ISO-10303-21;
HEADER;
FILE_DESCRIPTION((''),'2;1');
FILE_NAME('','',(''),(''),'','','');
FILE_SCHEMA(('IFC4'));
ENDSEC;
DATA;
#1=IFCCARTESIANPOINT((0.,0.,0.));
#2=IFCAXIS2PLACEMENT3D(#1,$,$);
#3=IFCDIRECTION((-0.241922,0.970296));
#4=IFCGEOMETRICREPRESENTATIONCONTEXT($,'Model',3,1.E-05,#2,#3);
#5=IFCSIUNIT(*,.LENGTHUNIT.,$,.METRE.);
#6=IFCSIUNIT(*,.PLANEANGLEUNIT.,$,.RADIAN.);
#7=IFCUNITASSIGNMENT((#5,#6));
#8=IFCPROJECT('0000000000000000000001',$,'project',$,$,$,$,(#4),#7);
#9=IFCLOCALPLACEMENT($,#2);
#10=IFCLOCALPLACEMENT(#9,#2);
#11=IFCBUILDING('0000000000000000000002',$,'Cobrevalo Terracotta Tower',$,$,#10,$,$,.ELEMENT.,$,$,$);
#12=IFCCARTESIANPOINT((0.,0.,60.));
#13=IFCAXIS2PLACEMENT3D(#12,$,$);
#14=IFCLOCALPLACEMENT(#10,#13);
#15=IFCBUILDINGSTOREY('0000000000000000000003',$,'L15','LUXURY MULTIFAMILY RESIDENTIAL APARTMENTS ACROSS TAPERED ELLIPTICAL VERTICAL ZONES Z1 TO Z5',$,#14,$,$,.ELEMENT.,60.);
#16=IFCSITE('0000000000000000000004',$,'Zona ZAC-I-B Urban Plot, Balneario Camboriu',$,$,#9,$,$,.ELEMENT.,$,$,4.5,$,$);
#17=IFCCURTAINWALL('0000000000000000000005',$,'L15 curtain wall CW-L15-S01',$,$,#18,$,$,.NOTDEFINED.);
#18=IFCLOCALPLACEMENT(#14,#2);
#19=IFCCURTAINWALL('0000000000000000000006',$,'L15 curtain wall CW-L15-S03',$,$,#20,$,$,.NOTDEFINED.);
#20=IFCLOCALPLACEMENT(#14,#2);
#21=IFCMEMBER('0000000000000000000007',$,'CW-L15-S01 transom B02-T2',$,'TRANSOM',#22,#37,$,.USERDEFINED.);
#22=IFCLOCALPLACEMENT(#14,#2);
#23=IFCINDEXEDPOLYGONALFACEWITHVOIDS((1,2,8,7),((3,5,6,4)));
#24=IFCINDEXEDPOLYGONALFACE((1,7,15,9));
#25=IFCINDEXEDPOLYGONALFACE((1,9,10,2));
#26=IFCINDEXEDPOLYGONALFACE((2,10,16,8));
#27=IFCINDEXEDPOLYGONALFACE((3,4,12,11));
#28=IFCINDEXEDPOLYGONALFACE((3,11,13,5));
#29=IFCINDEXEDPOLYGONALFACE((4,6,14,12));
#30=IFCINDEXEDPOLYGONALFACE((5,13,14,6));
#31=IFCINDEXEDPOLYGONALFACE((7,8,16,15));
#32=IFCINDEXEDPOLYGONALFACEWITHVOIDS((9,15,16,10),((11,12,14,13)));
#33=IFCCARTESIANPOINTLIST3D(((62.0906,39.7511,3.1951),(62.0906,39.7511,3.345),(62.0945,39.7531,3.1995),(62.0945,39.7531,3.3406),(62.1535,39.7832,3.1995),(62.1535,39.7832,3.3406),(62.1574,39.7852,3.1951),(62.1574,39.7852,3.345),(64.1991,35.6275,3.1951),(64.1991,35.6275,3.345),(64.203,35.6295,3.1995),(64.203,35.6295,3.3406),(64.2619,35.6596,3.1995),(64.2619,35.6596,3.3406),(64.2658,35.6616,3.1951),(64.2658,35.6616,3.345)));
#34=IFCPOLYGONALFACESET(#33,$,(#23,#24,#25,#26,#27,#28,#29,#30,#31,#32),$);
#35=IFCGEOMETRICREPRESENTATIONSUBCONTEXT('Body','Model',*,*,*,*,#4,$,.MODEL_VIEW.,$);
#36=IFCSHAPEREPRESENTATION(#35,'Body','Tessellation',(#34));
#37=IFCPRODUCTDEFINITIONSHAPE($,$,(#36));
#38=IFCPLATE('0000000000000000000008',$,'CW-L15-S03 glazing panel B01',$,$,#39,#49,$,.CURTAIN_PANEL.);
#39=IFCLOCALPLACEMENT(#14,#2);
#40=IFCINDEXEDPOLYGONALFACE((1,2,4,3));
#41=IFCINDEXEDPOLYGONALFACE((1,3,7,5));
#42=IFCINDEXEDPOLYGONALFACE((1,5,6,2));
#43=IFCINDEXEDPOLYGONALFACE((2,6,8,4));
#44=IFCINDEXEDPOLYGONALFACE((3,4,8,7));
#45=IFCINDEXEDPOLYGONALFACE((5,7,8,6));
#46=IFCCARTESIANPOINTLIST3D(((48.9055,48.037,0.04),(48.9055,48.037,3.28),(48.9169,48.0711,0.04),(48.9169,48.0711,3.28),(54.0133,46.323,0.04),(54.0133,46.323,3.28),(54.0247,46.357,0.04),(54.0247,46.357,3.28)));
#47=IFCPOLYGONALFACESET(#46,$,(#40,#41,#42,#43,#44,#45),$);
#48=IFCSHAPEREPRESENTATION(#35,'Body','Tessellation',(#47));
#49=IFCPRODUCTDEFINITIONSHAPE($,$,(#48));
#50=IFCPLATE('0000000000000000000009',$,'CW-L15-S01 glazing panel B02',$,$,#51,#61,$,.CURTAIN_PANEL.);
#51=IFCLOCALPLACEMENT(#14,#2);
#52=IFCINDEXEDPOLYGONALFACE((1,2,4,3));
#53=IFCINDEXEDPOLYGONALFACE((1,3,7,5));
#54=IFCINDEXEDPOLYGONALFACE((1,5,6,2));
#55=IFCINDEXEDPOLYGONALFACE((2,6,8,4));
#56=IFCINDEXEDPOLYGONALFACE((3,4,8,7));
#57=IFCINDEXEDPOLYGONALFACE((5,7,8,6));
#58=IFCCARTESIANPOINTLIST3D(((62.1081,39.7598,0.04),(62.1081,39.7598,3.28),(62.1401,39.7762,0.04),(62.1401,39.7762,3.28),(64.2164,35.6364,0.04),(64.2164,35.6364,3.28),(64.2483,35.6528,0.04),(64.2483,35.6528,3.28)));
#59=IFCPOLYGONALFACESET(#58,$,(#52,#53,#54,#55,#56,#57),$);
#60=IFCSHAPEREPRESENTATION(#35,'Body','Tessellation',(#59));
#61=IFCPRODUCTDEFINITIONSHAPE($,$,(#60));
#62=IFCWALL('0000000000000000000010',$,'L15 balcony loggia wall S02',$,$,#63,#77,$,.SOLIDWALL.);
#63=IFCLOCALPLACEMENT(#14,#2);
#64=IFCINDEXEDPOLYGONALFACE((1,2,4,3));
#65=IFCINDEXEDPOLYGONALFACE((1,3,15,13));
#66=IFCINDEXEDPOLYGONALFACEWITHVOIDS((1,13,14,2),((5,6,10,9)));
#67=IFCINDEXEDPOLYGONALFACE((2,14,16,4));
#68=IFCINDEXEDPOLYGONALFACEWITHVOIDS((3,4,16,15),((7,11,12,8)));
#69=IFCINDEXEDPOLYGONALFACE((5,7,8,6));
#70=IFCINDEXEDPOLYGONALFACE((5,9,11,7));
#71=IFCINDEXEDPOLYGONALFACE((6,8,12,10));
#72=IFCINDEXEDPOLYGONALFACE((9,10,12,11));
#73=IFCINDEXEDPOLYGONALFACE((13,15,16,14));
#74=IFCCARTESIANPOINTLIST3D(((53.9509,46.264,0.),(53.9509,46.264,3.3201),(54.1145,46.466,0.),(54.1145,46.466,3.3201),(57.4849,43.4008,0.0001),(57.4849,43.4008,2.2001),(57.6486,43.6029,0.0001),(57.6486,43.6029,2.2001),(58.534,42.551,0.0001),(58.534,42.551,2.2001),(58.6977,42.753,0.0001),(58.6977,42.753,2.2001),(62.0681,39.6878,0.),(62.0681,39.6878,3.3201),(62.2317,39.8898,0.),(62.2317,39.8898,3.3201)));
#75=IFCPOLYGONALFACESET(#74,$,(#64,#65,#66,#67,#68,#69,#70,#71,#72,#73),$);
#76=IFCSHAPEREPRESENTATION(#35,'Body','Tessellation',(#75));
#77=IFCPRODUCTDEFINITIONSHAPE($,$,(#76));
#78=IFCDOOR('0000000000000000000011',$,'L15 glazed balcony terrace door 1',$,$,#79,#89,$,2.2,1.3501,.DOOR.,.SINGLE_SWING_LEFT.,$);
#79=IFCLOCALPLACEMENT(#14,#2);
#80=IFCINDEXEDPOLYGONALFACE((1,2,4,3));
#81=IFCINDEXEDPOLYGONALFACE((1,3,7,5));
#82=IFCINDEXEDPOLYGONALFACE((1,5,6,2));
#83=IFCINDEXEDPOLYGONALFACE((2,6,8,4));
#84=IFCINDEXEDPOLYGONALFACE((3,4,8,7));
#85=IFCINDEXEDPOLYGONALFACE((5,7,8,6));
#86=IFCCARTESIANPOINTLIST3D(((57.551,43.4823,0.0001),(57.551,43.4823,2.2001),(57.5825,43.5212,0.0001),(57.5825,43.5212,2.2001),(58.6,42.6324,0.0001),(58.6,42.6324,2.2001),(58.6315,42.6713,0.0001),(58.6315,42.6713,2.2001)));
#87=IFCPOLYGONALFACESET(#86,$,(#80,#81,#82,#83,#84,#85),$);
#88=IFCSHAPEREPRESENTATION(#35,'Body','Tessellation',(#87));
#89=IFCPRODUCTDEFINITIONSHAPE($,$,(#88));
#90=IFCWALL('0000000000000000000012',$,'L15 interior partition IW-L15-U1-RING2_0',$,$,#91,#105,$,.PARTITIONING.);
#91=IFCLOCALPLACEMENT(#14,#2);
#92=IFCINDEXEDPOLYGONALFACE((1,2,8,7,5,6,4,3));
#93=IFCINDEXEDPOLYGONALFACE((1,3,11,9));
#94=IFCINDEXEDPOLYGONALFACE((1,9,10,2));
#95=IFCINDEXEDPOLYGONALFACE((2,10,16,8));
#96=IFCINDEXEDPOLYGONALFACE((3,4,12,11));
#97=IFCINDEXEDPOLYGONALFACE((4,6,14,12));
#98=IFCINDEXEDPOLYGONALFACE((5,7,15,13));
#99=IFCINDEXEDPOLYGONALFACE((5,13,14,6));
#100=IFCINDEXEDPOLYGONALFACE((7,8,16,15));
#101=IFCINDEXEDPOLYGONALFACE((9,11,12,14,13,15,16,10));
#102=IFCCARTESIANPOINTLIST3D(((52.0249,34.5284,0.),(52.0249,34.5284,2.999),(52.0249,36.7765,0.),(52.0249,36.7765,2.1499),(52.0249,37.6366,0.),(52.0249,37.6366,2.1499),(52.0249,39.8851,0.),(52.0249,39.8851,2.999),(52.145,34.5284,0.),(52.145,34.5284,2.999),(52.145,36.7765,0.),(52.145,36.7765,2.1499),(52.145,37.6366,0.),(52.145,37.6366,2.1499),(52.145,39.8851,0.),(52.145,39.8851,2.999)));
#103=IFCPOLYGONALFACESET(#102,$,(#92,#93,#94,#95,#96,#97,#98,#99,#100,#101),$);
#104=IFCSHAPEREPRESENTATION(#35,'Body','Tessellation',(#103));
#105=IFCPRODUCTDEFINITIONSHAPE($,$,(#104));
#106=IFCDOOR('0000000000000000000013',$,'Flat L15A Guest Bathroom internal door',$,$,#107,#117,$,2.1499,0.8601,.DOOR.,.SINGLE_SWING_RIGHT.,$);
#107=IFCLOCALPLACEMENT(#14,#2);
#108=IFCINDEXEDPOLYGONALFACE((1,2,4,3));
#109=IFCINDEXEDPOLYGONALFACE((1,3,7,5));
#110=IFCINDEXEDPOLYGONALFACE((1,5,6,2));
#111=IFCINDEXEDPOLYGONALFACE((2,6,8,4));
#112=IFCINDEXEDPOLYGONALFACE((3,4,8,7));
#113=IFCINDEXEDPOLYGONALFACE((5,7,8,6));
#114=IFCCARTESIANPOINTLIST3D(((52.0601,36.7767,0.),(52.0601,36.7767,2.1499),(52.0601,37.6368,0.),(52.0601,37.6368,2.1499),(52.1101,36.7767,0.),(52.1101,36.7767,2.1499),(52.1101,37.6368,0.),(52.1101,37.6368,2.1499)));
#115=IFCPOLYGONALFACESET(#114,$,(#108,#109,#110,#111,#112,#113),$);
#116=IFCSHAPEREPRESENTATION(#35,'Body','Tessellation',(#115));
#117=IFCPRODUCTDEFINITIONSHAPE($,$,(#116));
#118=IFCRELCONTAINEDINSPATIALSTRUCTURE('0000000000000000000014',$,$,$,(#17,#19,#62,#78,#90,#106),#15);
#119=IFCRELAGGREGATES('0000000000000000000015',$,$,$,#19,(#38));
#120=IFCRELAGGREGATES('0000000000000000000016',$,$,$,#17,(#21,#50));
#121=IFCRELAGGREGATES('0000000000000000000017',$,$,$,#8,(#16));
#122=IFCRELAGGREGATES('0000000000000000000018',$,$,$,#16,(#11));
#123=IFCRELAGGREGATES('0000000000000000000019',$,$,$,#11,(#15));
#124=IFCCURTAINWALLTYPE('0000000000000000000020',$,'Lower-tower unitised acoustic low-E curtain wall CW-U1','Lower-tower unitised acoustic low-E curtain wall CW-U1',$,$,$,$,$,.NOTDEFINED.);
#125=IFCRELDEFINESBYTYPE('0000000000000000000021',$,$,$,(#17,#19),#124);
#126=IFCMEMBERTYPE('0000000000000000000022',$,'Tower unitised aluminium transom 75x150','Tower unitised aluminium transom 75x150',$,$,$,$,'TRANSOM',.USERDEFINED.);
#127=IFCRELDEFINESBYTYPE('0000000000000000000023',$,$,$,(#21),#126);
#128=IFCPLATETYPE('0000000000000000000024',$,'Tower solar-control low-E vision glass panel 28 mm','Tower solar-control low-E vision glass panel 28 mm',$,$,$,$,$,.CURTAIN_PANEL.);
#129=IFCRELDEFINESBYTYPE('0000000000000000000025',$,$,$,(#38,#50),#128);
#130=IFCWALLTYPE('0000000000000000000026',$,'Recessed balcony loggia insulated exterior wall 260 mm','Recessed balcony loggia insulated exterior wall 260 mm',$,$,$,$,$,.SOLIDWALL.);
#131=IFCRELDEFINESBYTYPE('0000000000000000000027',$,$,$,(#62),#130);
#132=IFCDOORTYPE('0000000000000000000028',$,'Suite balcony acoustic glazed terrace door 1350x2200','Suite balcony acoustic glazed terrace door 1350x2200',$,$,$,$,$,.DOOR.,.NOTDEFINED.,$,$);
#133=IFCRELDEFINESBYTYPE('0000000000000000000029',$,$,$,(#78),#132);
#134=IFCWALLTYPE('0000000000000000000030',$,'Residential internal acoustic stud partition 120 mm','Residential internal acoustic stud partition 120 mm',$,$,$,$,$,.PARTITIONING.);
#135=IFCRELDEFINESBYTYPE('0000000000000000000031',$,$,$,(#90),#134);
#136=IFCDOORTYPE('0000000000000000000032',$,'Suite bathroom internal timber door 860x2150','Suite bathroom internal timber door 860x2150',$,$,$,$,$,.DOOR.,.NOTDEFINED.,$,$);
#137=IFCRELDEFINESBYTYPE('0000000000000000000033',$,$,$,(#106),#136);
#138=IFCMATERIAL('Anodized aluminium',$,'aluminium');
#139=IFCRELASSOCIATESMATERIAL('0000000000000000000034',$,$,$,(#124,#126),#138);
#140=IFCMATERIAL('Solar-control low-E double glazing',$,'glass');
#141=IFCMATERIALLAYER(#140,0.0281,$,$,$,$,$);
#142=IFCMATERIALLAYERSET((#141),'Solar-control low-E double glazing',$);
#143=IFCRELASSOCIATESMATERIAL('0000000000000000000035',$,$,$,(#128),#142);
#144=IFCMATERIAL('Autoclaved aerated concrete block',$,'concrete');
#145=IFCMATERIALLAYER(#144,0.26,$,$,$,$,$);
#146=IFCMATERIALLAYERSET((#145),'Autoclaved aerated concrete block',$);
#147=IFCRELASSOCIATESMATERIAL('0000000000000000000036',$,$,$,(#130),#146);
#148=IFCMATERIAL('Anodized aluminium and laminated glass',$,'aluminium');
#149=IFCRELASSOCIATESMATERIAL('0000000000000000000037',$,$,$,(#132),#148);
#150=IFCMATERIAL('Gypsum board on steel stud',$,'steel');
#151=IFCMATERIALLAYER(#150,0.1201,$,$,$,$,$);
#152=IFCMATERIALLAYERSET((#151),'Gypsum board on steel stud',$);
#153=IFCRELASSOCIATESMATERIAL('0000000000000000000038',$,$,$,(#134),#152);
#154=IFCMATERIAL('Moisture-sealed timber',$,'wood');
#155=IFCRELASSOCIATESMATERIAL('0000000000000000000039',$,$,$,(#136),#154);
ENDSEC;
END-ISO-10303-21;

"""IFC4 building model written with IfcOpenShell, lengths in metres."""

from ifc_helpers import new_model, si_unit, direction, frame, frame_2d, origin, origin_2d, place, context, subcontext, project, spatial, rectangle, hollow_rectangle, extrude, source, transform, mapped, material, layer, layer_set, material_profile, profile_set, type_object, element, fill, aggregate, save


model = new_model("IFC4")

# Units and contexts
model_context = context("Model", 3, precision=1e-05, world=origin(), true_north=direction((-0.241922, 0.970296)))
body_context = subcontext(model_context, "Body", "Model", "MODEL_VIEW")
ifc_project = project(units=[si_unit("LENGTHUNIT", "METRE"), si_unit("PLANEANGLEUNIT", "RADIAN")], contexts=[model_context])

# Site, building, storey
site_placement = place(None, origin())
site = spatial("IfcSite", under=ifc_project, at=site_placement, Name="Zona ZAC-I-B Urban Plot, Balneario Camboriu", CompositionType="ELEMENT", RefElevation=4.5)
building_placement = place(site_placement, origin())
building = spatial("IfcBuilding", under=site, at=building_placement, Name="Cobrevalo Terracotta Tower", CompositionType="ELEMENT")
storey_placement = place(building_placement, frame((0.0, 0.0, 60.0)))
storey = spatial("IfcBuildingStorey", under=building, at=storey_placement, Name="L15", Description="LUXURY MULTIFAMILY RESIDENTIAL APARTMENTS ACROSS TAPERED ELLIPTICAL VERTICAL ZONES Z1 TO Z5", CompositionType="ELEMENT", Elevation=60.0)

# Curtain walls
ifc_material_1 = material(Name="Anodized aluminium", Category="aluminium")
curtain_wall_type = type_object("IfcCurtainWallType", Name="Lower-tower unitised acoustic low-E curtain wall CW-U1", Description="Lower-tower unitised acoustic low-E curtain wall CW-U1", PredefinedType="NOTDEFINED", material=ifc_material_1)
curtain_wall_1_placement = place(storey_placement, origin())
curtain_wall_1 = element("IfcCurtainWall", 1, at=curtain_wall_1_placement, inside=storey, type_object=curtain_wall_type, Name="L15 curtain wall CW-L15-S01", PredefinedType="NOTDEFINED")
curtain_wall_2_placement = place(storey_placement, origin())
curtain_wall_2 = element("IfcCurtainWall", 2, at=curtain_wall_2_placement, inside=storey, type_object=curtain_wall_type, Name="L15 curtain wall CW-L15-S03", PredefinedType="NOTDEFINED")
ifc_material_profile_1 = material_profile(ifc_material_1, hollow_rectangle(XDim=0.075, YDim=0.1499, WallThickness=0.0044, at=origin_2d()), Name="CWT 75x150")
ifc_profile_set_1 = profile_set([ifc_material_profile_1], Name="Anodized aluminium")
member_type_1 = type_object("IfcMemberType", Name="Tower unitised aluminium transom 75x150", Description="Tower unitised aluminium transom 75x150", ElementType="TRANSOM", PredefinedType="USERDEFINED", material=ifc_profile_set_1)

# Member
shared_shape_1 = source(origin(), body_context, "Body", "SweptSolid", [
    extrude(hollow_rectangle(XDim=0.075, YDim=0.1499, WallThickness=0.0044, at=origin_2d()), origin(), (0.0, 0.0, 1.0), 4.6313),
])
member_1_placement = place(storey_placement, frame((64.2324, 35.6445, 3.27), z_axis=(-0.45525, 0.890363, 0.0), x_axis=(-0.890363, -0.45525, 0.0)))
member_1 = element("IfcMember", 3, at=member_1_placement, type_object=member_type_1, Name="CW-L15-S01 transom B02-T2", ObjectType="TRANSOM", PredefinedType="USERDEFINED", context=body_context, shape_type="MappedRepresentation", body=[
    mapped(shared_shape_1, transform((0.0, 0.0, 0.0), scale=1.0)),
])

# Plates
ifc_material_2 = material(Name="Solar-control low-E double glazing", Category="glass")
ifc_layer_1 = layer(ifc_material_2, 0.0281)
ifc_layer_set_1 = layer_set([ifc_layer_1], Name="Solar-control low-E double glazing")
plate_type = type_object("IfcPlateType", Name="Tower solar-control low-E vision glass panel 28 mm", Description="Tower solar-control low-E vision glass panel 28 mm", PredefinedType="CURTAIN_PANEL", material=ifc_layer_set_1)
shared_shape_2 = source(origin(), body_context, "Body", "SweptSolid", [
    extrude(rectangle(XDim=5.3877, YDim=0.0359, at=origin_2d()), origin(), (0.0, 0.0, 1.0), 3.24),
])
plate_1_placement = place(storey_placement, frame((51.4651, 47.197, 0.04), z_axis=(0.0, 0.0, 1.0), x_axis=(-0.948044, 0.318139, 0.0)))
plate_1 = element("IfcPlate", 4, at=plate_1_placement, type_object=plate_type, Name="CW-L15-S03 glazing panel B01", PredefinedType="CURTAIN_PANEL", context=body_context, shape_type="MappedRepresentation", body=[
    mapped(shared_shape_2, transform((0.0, 0.0, 0.0), scale=1.0)),
])
aggregate(curtain_wall_2, [plate_1])
shared_shape_3 = source(origin(), body_context, "Body", "SweptSolid", [
    extrude(rectangle(XDim=4.6311, YDim=0.0359, at=origin_2d()), origin(), (0.0, 0.0, 1.0), 3.24),
])
plate_2_placement = place(storey_placement, frame((63.1782, 37.7063, 0.04), z_axis=(0.0, 0.0, 1.0), x_axis=(-0.455231, 0.890373, 0.0)))
plate_2 = element("IfcPlate", 5, at=plate_2_placement, type_object=plate_type, Name="CW-L15-S01 glazing panel B02", PredefinedType="CURTAIN_PANEL", context=body_context, shape_type="MappedRepresentation", body=[
    mapped(shared_shape_3, transform((0.0, 0.0, 0.0), scale=1.0)),
])
aggregate(curtain_wall_1, [member_1, plate_2])

# Walls, openings, doors
ifc_material_3 = material(Name="Autoclaved aerated concrete block", Category="concrete")
ifc_layer_2 = layer(ifc_material_3, 0.26)
ifc_layer_set_2 = layer_set([ifc_layer_2], Name="Autoclaved aerated concrete block")
wall_type_1 = type_object("IfcWallType", Name="Recessed balcony loggia insulated exterior wall 260 mm", Description="Recessed balcony loggia insulated exterior wall 260 mm", PredefinedType="SOLIDWALL", material=ifc_layer_set_2)
wall_1_placement = place(storey_placement, frame((62.1499, 39.7888, 0.0), z_axis=(0.0, 0.0, 1.0), x_axis=(-0.777005, 0.629494, 0.0)))
wall_1 = element("IfcWall", 6, at=wall_1_placement, inside=storey, type_object=wall_type_1, Name="L15 balcony loggia wall S02", PredefinedType="SOLIDWALL", context=body_context, shape_type="SweptSolid", body=[
    extrude(rectangle(XDim=10.4468, YDim=0.26, at=frame_2d((5.2234, 0.0))), origin(), (0.0, 0.0, 1.0), 3.3201),
])
opening_1_placement = place(wall_1_placement, frame((4.5483, 0.0, 0.0)))
opening_1 = element("IfcOpeningElement", 7, at=opening_1_placement, cuts=wall_1, PredefinedType="OPENING", context=body_context, shape_type="SweptSolid", body=[
    extrude(rectangle(XDim=1.3501, YDim=2.2, at=frame_2d((0.675, 1.1001))), frame((0.0, 0.1401, 0.0), z_axis=(0.0, -1.0, 0.0), x_axis=(1.0, 0.0, 0.0)), (0.0, 0.0, 1.0), 0.28),
])
ifc_material_4 = material(Name="Anodized aluminium and laminated glass", Category="aluminium")
door_type_1 = type_object("IfcDoorType", Name="Suite balcony acoustic glazed terrace door 1350x2200", Description="Suite balcony acoustic glazed terrace door 1350x2200", OperationType="NOTDEFINED", PredefinedType="DOOR", material=ifc_material_4)
shared_shape_4 = source(origin(), body_context, "Body", "SweptSolid", [
    extrude(rectangle(XDim=1.3501, YDim=2.2, at=frame_2d((0.675, 1.1001))), frame((0.0, 0.0249, 0.0), z_axis=(0.0, -1.0, 0.0), x_axis=(1.0, 0.0, 0.0)), (0.0, 0.0, 1.0), 0.05),
])
door_1_placement = place(opening_1_placement, frame((1.3501, 0.0, 0.0), z_axis=(0.0, 0.0, 1.0), x_axis=(-1.0, 0.0, 0.0)))
door_1 = element("IfcDoor", 8, at=door_1_placement, inside=storey, type_object=door_type_1, Name="L15 glazed balcony terrace door 1", OperationType="SINGLE_SWING_LEFT", OverallHeight=2.2, OverallWidth=1.3501, PredefinedType="DOOR", context=body_context, shape_type="MappedRepresentation", body=[
    mapped(shared_shape_4, transform((0.0, 0.0, 0.0), scale=1.0)),
])
fill(opening_1, door_1)
ifc_material_5 = material(Name="Gypsum board on steel stud", Category="steel")
ifc_layer_3 = layer(ifc_material_5, 0.1201)
ifc_layer_set_3 = layer_set([ifc_layer_3], Name="Gypsum board on steel stud")
wall_type_2 = type_object("IfcWallType", Name="Residential internal acoustic stud partition 120 mm", Description="Residential internal acoustic stud partition 120 mm", PredefinedType="PARTITIONING", material=ifc_layer_set_3)
wall_2_placement = place(storey_placement, frame((52.085, 39.885, 0.0), z_axis=(0.0, 0.0, 1.0), x_axis=(0.0, -1.0, 0.0)))
wall_2 = element("IfcWall", 9, at=wall_2_placement, inside=storey, type_object=wall_type_2, Name="L15 interior partition IW-L15-U1-RING2_0", PredefinedType="PARTITIONING", context=body_context, shape_type="SweptSolid", body=[
    extrude(rectangle(XDim=5.3567, YDim=0.1201, at=frame_2d((2.6782, 0.0))), origin(), (0.0, 0.0, 1.0), 2.999),
])
opening_2_placement = place(wall_2_placement, frame((2.2483, 0.0, 0.0)))
opening_2 = element("IfcOpeningElement", 10, at=opening_2_placement, cuts=wall_2, PredefinedType="OPENING", context=body_context, shape_type="SweptSolid", body=[
    extrude(rectangle(XDim=0.8601, YDim=2.1499, at=frame_2d((0.4302, 1.075))), frame((0.0, 0.0701, 0.0), z_axis=(0.0, -1.0, 0.0), x_axis=(1.0, 0.0, 0.0)), (0.0, 0.0, 1.0), 0.1401),
])
ifc_material_6 = material(Name="Moisture-sealed timber", Category="wood")
door_type_2 = type_object("IfcDoorType", Name="Suite bathroom internal timber door 860x2150", Description="Suite bathroom internal timber door 860x2150", OperationType="NOTDEFINED", PredefinedType="DOOR", material=ifc_material_6)
shared_shape_5 = source(origin(), body_context, "Body", "SweptSolid", [
    extrude(rectangle(XDim=0.8601, YDim=2.1499, at=frame_2d((0.4302, 1.075))), frame((0.0, 0.0249, 0.0), z_axis=(0.0, -1.0, 0.0), x_axis=(1.0, 0.0, 0.0)), (0.0, 0.0, 1.0), 0.05),
])
door_2_placement = place(opening_2_placement, frame((0.8601, 0.0, 0.0), z_axis=(0.0, 0.0, 1.0), x_axis=(-1.0, 0.0, 0.0)))
door_2 = element("IfcDoor", 11, at=door_2_placement, inside=storey, type_object=door_type_2, Name="Flat L15A Guest Bathroom internal door", OperationType="SINGLE_SWING_RIGHT", OverallHeight=2.1499, OverallWidth=0.8601, PredefinedType="DOOR", context=body_context, shape_type="MappedRepresentation", body=[
    mapped(shared_shape_5, transform((0.0, 0.0, 0.0), scale=1.0)),
])
fill(opening_2, door_2)

save(model, "model.ifc")
